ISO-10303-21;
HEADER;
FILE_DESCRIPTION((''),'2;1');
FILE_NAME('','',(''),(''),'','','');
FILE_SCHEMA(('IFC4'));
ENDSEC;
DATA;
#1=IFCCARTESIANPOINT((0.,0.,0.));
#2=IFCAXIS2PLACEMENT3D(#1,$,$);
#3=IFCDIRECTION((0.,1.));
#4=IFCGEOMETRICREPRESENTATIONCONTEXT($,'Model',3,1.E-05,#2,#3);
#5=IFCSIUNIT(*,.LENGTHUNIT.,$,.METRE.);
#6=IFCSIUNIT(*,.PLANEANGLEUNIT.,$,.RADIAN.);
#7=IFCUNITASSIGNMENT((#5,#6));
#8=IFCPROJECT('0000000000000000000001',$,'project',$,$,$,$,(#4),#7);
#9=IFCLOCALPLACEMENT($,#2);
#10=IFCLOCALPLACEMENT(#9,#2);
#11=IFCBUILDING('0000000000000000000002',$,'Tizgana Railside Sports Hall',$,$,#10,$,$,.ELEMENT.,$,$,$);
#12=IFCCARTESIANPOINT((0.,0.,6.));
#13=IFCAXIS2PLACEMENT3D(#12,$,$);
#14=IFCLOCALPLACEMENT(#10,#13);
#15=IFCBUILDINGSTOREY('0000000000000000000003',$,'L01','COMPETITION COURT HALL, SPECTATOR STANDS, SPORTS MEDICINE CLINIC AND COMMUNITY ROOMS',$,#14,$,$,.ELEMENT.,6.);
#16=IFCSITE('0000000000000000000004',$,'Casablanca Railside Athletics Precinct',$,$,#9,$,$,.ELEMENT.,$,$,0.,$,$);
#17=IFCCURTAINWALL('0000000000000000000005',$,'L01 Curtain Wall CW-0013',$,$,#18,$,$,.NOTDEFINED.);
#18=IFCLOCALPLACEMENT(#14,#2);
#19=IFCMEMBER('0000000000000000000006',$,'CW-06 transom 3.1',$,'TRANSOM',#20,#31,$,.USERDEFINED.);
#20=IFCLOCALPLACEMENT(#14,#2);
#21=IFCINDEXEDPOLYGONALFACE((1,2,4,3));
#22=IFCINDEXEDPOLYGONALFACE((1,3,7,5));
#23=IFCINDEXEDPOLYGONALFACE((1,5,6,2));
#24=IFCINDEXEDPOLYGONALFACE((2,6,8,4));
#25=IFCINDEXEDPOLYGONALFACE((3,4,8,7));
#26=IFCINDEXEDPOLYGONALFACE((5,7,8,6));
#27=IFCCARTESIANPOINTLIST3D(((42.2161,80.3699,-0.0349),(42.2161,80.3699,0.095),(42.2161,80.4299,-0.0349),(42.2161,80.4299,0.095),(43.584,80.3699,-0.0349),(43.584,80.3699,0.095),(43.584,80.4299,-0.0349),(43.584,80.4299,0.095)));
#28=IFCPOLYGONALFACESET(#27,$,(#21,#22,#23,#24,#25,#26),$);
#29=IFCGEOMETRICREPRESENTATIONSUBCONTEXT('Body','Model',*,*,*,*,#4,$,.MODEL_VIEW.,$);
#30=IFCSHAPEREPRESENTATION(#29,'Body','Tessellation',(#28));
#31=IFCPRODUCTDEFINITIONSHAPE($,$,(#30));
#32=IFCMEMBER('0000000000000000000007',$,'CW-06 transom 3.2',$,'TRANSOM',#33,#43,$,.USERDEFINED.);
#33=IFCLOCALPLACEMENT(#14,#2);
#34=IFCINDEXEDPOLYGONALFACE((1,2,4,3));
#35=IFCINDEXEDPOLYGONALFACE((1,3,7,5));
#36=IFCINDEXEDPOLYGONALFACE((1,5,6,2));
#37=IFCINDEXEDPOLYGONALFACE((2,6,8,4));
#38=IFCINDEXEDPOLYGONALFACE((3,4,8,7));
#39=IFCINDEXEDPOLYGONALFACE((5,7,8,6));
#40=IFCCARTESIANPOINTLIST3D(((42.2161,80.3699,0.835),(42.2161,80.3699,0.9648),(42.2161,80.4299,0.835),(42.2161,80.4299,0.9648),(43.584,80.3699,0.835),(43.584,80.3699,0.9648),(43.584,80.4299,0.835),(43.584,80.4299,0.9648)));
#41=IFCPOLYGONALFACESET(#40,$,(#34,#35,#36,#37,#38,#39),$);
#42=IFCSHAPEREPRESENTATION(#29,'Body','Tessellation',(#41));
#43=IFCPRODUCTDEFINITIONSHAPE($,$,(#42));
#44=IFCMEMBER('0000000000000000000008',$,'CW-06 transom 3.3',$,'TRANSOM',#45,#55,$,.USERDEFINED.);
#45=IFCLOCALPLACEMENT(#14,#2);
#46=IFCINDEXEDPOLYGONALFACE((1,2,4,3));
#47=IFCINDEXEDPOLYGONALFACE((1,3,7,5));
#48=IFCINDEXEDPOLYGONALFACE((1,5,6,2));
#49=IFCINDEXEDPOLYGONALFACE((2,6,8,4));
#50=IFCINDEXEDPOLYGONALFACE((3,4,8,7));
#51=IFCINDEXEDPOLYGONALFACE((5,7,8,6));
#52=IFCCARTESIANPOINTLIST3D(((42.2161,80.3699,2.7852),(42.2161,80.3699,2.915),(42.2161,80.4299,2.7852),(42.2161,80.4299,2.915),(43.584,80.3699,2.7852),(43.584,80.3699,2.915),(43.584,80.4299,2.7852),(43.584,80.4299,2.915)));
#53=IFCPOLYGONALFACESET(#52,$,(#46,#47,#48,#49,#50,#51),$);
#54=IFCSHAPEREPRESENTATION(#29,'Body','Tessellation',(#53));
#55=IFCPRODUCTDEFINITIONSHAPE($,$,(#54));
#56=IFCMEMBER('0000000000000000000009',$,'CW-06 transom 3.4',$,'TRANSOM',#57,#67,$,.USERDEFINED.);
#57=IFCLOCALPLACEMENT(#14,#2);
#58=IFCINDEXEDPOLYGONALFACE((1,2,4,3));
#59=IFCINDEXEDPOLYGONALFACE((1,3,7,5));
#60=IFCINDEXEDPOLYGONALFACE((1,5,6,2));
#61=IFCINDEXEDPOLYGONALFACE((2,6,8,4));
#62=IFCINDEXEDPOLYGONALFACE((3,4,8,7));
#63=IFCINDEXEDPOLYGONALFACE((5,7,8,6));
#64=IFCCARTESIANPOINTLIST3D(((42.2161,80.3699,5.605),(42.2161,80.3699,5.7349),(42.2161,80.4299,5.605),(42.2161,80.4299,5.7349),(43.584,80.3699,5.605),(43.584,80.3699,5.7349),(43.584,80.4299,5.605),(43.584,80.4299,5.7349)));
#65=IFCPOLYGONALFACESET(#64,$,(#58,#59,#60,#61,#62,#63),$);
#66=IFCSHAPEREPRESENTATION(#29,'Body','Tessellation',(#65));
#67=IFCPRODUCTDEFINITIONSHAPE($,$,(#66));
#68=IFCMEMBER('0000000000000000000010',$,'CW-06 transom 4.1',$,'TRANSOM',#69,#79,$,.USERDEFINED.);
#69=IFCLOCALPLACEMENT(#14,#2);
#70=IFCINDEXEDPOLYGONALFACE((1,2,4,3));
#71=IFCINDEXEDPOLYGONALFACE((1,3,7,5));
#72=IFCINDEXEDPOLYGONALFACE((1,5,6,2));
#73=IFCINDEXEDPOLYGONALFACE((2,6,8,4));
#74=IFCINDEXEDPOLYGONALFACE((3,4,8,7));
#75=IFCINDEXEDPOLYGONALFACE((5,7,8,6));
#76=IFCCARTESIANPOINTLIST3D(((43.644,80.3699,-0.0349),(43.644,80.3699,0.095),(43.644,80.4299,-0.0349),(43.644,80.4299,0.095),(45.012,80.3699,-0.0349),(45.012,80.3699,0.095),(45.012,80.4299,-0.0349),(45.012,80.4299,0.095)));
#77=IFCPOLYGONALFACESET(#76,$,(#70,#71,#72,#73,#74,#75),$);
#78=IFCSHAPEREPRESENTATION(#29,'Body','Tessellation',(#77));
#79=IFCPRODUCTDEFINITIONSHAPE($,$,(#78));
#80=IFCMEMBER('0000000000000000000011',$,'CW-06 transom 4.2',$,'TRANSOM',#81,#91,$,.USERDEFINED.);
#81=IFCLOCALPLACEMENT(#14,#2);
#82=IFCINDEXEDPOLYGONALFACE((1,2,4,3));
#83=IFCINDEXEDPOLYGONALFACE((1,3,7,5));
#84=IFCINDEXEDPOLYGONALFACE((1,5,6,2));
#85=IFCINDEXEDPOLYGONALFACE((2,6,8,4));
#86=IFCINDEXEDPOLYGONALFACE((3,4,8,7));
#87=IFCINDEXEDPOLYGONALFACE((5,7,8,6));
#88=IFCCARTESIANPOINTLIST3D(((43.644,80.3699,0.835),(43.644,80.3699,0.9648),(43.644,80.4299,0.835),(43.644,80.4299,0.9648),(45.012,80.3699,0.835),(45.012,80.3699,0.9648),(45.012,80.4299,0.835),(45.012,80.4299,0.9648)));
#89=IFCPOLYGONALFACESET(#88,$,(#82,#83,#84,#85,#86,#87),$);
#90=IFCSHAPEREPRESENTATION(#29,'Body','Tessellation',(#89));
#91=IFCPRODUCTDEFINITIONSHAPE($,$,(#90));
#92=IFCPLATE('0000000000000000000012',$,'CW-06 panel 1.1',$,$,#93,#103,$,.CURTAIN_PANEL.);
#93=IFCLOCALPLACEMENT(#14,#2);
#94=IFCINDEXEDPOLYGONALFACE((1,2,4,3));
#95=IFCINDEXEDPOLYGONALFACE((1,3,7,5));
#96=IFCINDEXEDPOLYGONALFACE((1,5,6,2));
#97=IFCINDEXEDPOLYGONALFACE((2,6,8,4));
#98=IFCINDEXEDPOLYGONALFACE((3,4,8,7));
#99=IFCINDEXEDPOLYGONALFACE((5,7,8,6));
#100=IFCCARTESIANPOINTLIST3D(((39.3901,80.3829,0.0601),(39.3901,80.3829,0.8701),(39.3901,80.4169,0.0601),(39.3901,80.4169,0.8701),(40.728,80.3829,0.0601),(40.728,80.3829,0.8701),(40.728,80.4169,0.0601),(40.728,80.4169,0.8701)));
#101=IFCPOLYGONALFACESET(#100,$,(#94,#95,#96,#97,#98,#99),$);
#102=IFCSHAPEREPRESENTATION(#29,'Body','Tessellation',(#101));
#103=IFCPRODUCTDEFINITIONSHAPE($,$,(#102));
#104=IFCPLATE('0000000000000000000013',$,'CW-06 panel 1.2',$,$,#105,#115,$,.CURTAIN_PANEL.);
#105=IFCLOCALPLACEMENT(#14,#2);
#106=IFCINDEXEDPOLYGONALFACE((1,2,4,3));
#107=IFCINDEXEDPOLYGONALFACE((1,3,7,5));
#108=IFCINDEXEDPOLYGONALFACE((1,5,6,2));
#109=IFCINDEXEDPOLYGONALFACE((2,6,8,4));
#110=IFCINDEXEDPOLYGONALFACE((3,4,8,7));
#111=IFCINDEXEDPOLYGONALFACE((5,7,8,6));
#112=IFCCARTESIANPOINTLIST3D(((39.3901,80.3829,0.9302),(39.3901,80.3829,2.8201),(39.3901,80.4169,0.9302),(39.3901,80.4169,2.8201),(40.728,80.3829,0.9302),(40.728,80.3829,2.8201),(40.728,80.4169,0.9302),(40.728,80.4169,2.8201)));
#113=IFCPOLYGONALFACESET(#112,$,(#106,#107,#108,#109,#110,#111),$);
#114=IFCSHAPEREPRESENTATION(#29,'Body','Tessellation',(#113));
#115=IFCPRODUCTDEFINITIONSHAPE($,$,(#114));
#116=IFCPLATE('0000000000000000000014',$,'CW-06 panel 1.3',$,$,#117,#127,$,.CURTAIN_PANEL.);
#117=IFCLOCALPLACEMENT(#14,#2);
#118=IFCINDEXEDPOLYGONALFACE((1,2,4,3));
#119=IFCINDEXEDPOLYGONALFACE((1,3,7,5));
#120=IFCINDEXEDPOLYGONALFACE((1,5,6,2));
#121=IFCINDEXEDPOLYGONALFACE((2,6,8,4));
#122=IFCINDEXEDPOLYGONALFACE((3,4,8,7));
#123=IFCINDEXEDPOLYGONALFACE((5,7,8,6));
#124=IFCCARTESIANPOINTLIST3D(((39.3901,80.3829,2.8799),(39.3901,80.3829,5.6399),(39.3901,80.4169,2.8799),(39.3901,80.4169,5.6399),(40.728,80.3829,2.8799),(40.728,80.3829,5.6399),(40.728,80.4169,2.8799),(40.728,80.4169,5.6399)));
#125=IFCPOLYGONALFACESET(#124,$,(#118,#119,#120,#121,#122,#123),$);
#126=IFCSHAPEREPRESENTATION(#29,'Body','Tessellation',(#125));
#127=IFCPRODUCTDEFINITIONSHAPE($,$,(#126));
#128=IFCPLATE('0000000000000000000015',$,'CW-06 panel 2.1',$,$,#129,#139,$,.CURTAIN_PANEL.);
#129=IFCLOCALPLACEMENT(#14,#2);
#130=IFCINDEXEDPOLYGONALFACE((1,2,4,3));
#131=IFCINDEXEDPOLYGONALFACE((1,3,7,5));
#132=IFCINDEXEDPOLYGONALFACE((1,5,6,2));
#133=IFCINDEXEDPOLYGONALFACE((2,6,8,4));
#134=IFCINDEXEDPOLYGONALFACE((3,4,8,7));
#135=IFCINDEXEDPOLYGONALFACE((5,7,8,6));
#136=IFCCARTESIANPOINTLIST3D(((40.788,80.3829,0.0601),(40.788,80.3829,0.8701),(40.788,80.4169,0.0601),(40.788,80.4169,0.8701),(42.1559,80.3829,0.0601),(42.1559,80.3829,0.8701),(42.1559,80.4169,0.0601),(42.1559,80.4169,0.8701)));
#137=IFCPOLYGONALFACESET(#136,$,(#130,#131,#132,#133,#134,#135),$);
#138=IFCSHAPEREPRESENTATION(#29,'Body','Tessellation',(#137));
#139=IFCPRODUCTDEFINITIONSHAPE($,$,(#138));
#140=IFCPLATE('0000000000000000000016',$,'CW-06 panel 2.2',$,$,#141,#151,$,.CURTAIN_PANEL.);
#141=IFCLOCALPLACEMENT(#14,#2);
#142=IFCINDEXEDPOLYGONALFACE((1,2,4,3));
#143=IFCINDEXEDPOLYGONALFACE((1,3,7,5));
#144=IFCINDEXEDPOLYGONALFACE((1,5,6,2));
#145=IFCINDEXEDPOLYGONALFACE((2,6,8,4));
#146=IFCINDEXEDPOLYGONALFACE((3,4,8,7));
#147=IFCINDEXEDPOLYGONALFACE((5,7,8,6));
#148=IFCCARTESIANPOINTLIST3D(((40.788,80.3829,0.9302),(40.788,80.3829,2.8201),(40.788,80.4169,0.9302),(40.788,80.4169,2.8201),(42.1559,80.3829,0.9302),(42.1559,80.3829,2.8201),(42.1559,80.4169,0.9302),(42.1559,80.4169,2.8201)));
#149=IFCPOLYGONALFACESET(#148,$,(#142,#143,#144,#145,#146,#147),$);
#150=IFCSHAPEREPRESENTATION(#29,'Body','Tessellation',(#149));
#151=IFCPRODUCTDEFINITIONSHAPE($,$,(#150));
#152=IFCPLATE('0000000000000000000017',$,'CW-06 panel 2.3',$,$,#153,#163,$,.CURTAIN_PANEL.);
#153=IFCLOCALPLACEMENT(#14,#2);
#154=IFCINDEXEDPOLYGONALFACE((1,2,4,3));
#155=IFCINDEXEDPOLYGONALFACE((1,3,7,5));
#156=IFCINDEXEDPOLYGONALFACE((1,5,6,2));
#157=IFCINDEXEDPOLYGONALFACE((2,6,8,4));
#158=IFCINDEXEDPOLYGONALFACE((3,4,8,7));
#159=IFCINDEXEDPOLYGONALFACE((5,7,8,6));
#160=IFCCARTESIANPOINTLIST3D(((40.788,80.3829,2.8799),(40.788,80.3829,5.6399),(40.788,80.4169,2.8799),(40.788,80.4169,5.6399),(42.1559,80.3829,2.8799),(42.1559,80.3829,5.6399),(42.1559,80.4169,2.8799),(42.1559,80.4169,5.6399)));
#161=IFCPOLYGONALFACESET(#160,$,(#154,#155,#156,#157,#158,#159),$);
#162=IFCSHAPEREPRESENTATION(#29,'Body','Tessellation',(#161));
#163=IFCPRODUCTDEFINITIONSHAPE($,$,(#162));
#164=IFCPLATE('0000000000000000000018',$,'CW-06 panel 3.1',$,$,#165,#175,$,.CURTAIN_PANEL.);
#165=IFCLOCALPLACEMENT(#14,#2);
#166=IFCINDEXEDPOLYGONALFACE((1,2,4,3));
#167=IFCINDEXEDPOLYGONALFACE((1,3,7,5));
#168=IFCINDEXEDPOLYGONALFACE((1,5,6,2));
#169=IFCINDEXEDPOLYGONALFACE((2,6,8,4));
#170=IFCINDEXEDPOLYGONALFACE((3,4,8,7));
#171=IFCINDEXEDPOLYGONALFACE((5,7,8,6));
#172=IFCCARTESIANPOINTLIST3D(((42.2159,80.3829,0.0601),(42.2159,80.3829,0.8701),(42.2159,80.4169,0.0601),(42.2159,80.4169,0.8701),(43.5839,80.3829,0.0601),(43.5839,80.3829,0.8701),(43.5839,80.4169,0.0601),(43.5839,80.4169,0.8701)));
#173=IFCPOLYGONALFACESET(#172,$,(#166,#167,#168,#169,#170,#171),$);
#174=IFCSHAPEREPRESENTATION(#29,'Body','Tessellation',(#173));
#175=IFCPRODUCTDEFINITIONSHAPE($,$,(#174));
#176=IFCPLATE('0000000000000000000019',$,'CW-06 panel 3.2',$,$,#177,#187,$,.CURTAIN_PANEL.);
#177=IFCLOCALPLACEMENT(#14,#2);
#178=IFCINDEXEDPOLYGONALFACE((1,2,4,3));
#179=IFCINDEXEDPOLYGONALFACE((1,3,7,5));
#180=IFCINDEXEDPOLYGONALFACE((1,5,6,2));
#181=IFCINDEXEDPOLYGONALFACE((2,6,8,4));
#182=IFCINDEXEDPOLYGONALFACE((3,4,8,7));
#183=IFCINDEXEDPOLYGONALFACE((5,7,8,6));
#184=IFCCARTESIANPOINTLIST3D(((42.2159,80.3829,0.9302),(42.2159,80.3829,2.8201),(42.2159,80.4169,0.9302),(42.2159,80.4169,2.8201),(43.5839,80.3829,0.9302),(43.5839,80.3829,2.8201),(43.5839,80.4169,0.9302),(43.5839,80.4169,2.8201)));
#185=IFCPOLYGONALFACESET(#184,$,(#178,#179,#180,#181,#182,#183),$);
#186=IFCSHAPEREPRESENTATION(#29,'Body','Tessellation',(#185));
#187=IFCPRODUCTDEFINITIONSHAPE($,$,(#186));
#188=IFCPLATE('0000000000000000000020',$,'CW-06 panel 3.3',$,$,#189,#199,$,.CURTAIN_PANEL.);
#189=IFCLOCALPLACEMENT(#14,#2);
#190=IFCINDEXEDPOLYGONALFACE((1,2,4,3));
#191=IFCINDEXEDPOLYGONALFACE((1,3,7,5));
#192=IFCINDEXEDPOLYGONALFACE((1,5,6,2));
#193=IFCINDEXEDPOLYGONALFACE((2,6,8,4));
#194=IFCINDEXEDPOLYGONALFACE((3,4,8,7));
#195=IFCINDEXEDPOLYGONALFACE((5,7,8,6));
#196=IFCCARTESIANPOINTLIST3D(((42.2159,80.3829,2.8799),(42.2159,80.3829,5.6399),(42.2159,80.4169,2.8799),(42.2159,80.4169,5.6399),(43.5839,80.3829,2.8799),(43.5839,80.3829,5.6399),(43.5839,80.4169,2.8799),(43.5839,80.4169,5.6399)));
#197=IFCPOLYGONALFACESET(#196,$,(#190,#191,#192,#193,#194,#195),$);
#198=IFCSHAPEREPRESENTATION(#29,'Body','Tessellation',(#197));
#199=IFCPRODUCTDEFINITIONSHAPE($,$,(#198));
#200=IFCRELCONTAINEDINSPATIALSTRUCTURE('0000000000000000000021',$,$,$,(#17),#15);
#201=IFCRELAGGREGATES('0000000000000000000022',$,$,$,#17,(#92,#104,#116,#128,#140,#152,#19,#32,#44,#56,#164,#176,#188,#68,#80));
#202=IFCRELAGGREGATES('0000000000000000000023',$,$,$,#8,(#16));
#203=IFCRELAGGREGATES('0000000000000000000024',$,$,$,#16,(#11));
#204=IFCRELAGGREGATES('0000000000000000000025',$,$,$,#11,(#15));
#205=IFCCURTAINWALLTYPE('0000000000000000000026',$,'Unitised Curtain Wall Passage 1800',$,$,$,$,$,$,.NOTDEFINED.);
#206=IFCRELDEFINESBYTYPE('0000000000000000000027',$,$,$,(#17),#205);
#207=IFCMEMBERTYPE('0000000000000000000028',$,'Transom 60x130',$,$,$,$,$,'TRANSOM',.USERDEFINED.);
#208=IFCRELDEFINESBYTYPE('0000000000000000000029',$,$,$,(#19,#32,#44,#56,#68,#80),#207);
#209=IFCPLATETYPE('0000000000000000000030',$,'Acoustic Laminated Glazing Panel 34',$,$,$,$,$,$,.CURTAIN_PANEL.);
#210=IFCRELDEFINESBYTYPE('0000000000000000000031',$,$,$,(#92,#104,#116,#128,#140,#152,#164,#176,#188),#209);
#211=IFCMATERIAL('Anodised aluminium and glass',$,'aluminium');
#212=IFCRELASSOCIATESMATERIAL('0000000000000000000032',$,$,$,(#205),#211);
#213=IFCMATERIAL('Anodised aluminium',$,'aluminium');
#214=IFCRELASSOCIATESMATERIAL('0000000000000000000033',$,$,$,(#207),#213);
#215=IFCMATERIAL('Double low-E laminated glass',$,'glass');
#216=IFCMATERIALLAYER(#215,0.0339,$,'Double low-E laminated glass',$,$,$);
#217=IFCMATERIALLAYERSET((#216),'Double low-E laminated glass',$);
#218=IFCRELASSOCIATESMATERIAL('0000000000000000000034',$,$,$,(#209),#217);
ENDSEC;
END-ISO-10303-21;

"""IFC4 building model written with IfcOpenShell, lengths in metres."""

from ifc_helpers import new_model, si_unit, direction, frame, origin, origin_2d, place, context, subcontext, project, spatial, rectangle, extrude, material, layer, layer_set, material_profile, profile_set, type_object, element, aggregate, save


model = new_model("IFC4")

# Units and contexts
model_context = context("Model", 3, precision=1e-05, world=origin(), true_north=direction((0.0, 1.0)))
body_context = subcontext(model_context, "Body", "Model", "MODEL_VIEW")
ifc_project = project(units=[si_unit("LENGTHUNIT", "METRE"), si_unit("PLANEANGLEUNIT", "RADIAN")], contexts=[model_context])

# Site, building, storey
site_placement = place(None, origin())
site = spatial("IfcSite", under=ifc_project, at=site_placement, Name="Casablanca Railside Athletics Precinct", CompositionType="ELEMENT", RefElevation=0.0)
building_placement = place(site_placement, origin())
building = spatial("IfcBuilding", under=site, at=building_placement, Name="Tizgana Railside Sports Hall", CompositionType="ELEMENT")
storey_placement = place(building_placement, frame((0.0, 0.0, 6.0)))
storey = spatial("IfcBuildingStorey", under=building, at=storey_placement, Name="L01", Description="COMPETITION COURT HALL, SPECTATOR STANDS, SPORTS MEDICINE CLINIC AND COMMUNITY ROOMS", CompositionType="ELEMENT", Elevation=6.0)

# Shared definitions
ifc_material_1 = material(Name="Anodised aluminium and glass", Category="aluminium")
ifc_material_2 = material(Name="Anodised aluminium", Category="aluminium")

# Curtain wall, members, plates
curtain_wall_type_1 = type_object("IfcCurtainWallType", Name="Unitised Curtain Wall Passage 1800", PredefinedType="NOTDEFINED", material=ifc_material_1)
curtain_wall_1_placement = place(storey_placement, origin())
curtain_wall_1 = element("IfcCurtainWall", 1, at=curtain_wall_1_placement, inside=storey, type_object=curtain_wall_type_1, Name="L01 Curtain Wall CW-0013", PredefinedType="NOTDEFINED")
ifc_material_profile_1 = material_profile(ifc_material_2, rectangle(XDim=0.0601, YDim=0.1299, at=origin_2d()), Name="Transom 60x130")
ifc_profile_set_1 = profile_set([ifc_material_profile_1], Name="Anodised aluminium")
member_type_1 = type_object("IfcMemberType", Name="Transom 60x130", ElementType="TRANSOM", PredefinedType="USERDEFINED", material=ifc_profile_set_1)
member_1_placement = place(storey_placement, frame((42.2161, 80.3999, 0.03), z_axis=(1.0, 0.0, 0.0), x_axis=(0.0, 1.0, 0.0)))
member_1 = element("IfcMember", 2, at=member_1_placement, type_object=member_type_1, Name="CW-06 transom 3.1", ObjectType="TRANSOM", PredefinedType="USERDEFINED", context=body_context, shape_type="SweptSolid", body=[
    extrude(rectangle(XDim=0.0601, YDim=0.1299, at=origin_2d()), origin(), (0.0, 0.0, 1.0), 1.3679),
])
member_2_placement = place(storey_placement, frame((42.2161, 80.3999, 0.8999), z_axis=(1.0, 0.0, 0.0), x_axis=(0.0, 1.0, 0.0)))
member_2 = element("IfcMember", 3, at=member_2_placement, type_object=member_type_1, Name="CW-06 transom 3.2", ObjectType="TRANSOM", PredefinedType="USERDEFINED", context=body_context, shape_type="SweptSolid", body=[
    extrude(rectangle(XDim=0.0601, YDim=0.1299, at=origin_2d()), origin(), (0.0, 0.0, 1.0), 1.3679),
])
member_3_placement = place(storey_placement, frame((42.2161, 80.3999, 2.8501), z_axis=(1.0, 0.0, 0.0), x_axis=(0.0, 1.0, 0.0)))
member_3 = element("IfcMember", 4, at=member_3_placement, type_object=member_type_1, Name="CW-06 transom 3.3", ObjectType="TRANSOM", PredefinedType="USERDEFINED", context=body_context, shape_type="SweptSolid", body=[
    extrude(rectangle(XDim=0.0601, YDim=0.1299, at=origin_2d()), origin(), (0.0, 0.0, 1.0), 1.3679),
])
member_4_placement = place(storey_placement, frame((42.2161, 80.3999, 5.6699), z_axis=(1.0, 0.0, 0.0), x_axis=(0.0, 1.0, 0.0)))
member_4 = element("IfcMember", 5, at=member_4_placement, type_object=member_type_1, Name="CW-06 transom 3.4", ObjectType="TRANSOM", PredefinedType="USERDEFINED", context=body_context, shape_type="SweptSolid", body=[
    extrude(rectangle(XDim=0.0601, YDim=0.1299, at=origin_2d()), origin(), (0.0, 0.0, 1.0), 1.3679),
])
member_5_placement = place(storey_placement, frame((43.644, 80.3999, 0.03), z_axis=(1.0, 0.0, 0.0), x_axis=(0.0, 1.0, 0.0)))
member_5 = element("IfcMember", 6, at=member_5_placement, type_object=member_type_1, Name="CW-06 transom 4.1", ObjectType="TRANSOM", PredefinedType="USERDEFINED", context=body_context, shape_type="SweptSolid", body=[
    extrude(rectangle(XDim=0.0601, YDim=0.1299, at=origin_2d()), origin(), (0.0, 0.0, 1.0), 1.3679),
])
member_6_placement = place(storey_placement, frame((43.644, 80.3999, 0.8999), z_axis=(1.0, 0.0, 0.0), x_axis=(0.0, 1.0, 0.0)))
member_6 = element("IfcMember", 7, at=member_6_placement, type_object=member_type_1, Name="CW-06 transom 4.2", ObjectType="TRANSOM", PredefinedType="USERDEFINED", context=body_context, shape_type="SweptSolid", body=[
    extrude(rectangle(XDim=0.0601, YDim=0.1299, at=origin_2d()), origin(), (0.0, 0.0, 1.0), 1.3679),
])
ifc_material_3 = material(Name="Double low-E laminated glass", Category="glass")
ifc_layer_1 = layer(ifc_material_3, 0.0339, Name="Double low-E laminated glass")
ifc_layer_set_1 = layer_set([ifc_layer_1], Name="Double low-E laminated glass")
plate_type_1 = type_object("IfcPlateType", Name="Acoustic Laminated Glazing Panel 34", PredefinedType="CURTAIN_PANEL", material=ifc_layer_set_1)
plate_1_placement = place(storey_placement, frame((40.0591, 80.3999, 0.0601), z_axis=(0.0, 0.0, 1.0), x_axis=(1.0, 0.0, 0.0)))
plate_1 = element("IfcPlate", 8, at=plate_1_placement, type_object=plate_type_1, Name="CW-06 panel 1.1", PredefinedType="CURTAIN_PANEL", context=body_context, shape_type="SweptSolid", body=[
    extrude(rectangle(XDim=1.3379, YDim=0.0339, at=origin_2d()), origin(), (0.0, 0.0, 1.0), 0.8101),
])
plate_2_placement = place(storey_placement, frame((40.0591, 80.3999, 0.9302), z_axis=(0.0, 0.0, 1.0), x_axis=(1.0, 0.0, 0.0)))
plate_2 = element("IfcPlate", 9, at=plate_2_placement, type_object=plate_type_1, Name="CW-06 panel 1.2", PredefinedType="CURTAIN_PANEL", context=body_context, shape_type="SweptSolid", body=[
    extrude(rectangle(XDim=1.3379, YDim=0.0339, at=origin_2d()), origin(), (0.0, 0.0, 1.0), 1.8899),
])
plate_3_placement = place(storey_placement, frame((40.0591, 80.3999, 2.8799), z_axis=(0.0, 0.0, 1.0), x_axis=(1.0, 0.0, 0.0)))
plate_3 = element("IfcPlate", 10, at=plate_3_placement, type_object=plate_type_1, Name="CW-06 panel 1.3", PredefinedType="CURTAIN_PANEL", context=body_context, shape_type="SweptSolid", body=[
    extrude(rectangle(XDim=1.3379, YDim=0.0339, at=origin_2d()), origin(), (0.0, 0.0, 1.0), 2.76),
])
plate_4_placement = place(storey_placement, frame((41.4719, 80.3999, 0.0601), z_axis=(0.0, 0.0, 1.0), x_axis=(1.0, 0.0, 0.0)))
plate_4 = element("IfcPlate", 11, at=plate_4_placement, type_object=plate_type_1, Name="CW-06 panel 2.1", PredefinedType="CURTAIN_PANEL", context=body_context, shape_type="SweptSolid", body=[
    extrude(rectangle(XDim=1.3679, YDim=0.0339, at=origin_2d()), origin(), (0.0, 0.0, 1.0), 0.8101),
])
plate_5_placement = place(storey_placement, frame((41.4719, 80.3999, 0.9302), z_axis=(0.0, 0.0, 1.0), x_axis=(1.0, 0.0, 0.0)))
plate_5 = element("IfcPlate", 12, at=plate_5_placement, type_object=plate_type_1, Name="CW-06 panel 2.2", PredefinedType="CURTAIN_PANEL", context=body_context, shape_type="SweptSolid", body=[
    extrude(rectangle(XDim=1.3679, YDim=0.0339, at=origin_2d()), origin(), (0.0, 0.0, 1.0), 1.8899),
])
plate_6_placement = place(storey_placement, frame((41.4719, 80.3999, 2.8799), z_axis=(0.0, 0.0, 1.0), x_axis=(1.0, 0.0, 0.0)))
plate_6 = element("IfcPlate", 13, at=plate_6_placement, type_object=plate_type_1, Name="CW-06 panel 2.3", PredefinedType="CURTAIN_PANEL", context=body_context, shape_type="SweptSolid", body=[
    extrude(rectangle(XDim=1.3679, YDim=0.0339, at=origin_2d()), origin(), (0.0, 0.0, 1.0), 2.76),
])
plate_7_placement = place(storey_placement, frame((42.8999, 80.3999, 0.0601), z_axis=(0.0, 0.0, 1.0), x_axis=(1.0, 0.0, 0.0)))
plate_7 = element("IfcPlate", 14, at=plate_7_placement, type_object=plate_type_1, Name="CW-06 panel 3.1", PredefinedType="CURTAIN_PANEL", context=body_context, shape_type="SweptSolid", body=[
    extrude(rectangle(XDim=1.3679, YDim=0.0339, at=origin_2d()), origin(), (0.0, 0.0, 1.0), 0.8101),
])
plate_8_placement = place(storey_placement, frame((42.8999, 80.3999, 0.9302), z_axis=(0.0, 0.0, 1.0), x_axis=(1.0, 0.0, 0.0)))
plate_8 = element("IfcPlate", 15, at=plate_8_placement, type_object=plate_type_1, Name="CW-06 panel 3.2", PredefinedType="CURTAIN_PANEL", context=body_context, shape_type="SweptSolid", body=[
    extrude(rectangle(XDim=1.3679, YDim=0.0339, at=origin_2d()), origin(), (0.0, 0.0, 1.0), 1.8899),
])
plate_9_placement = place(storey_placement, frame((42.8999, 80.3999, 2.8799), z_axis=(0.0, 0.0, 1.0), x_axis=(1.0, 0.0, 0.0)))
plate_9 = element("IfcPlate", 16, at=plate_9_placement, type_object=plate_type_1, Name="CW-06 panel 3.3", PredefinedType="CURTAIN_PANEL", context=body_context, shape_type="SweptSolid", body=[
    extrude(rectangle(XDim=1.3679, YDim=0.0339, at=origin_2d()), origin(), (0.0, 0.0, 1.0), 2.76),
])
aggregate(curtain_wall_1, [plate_1, plate_2, plate_3, plate_4, plate_5, plate_6, member_1, member_2, member_3, member_4, plate_7, plate_8, plate_9, member_5, member_6])

save(model, "model.ifc")
